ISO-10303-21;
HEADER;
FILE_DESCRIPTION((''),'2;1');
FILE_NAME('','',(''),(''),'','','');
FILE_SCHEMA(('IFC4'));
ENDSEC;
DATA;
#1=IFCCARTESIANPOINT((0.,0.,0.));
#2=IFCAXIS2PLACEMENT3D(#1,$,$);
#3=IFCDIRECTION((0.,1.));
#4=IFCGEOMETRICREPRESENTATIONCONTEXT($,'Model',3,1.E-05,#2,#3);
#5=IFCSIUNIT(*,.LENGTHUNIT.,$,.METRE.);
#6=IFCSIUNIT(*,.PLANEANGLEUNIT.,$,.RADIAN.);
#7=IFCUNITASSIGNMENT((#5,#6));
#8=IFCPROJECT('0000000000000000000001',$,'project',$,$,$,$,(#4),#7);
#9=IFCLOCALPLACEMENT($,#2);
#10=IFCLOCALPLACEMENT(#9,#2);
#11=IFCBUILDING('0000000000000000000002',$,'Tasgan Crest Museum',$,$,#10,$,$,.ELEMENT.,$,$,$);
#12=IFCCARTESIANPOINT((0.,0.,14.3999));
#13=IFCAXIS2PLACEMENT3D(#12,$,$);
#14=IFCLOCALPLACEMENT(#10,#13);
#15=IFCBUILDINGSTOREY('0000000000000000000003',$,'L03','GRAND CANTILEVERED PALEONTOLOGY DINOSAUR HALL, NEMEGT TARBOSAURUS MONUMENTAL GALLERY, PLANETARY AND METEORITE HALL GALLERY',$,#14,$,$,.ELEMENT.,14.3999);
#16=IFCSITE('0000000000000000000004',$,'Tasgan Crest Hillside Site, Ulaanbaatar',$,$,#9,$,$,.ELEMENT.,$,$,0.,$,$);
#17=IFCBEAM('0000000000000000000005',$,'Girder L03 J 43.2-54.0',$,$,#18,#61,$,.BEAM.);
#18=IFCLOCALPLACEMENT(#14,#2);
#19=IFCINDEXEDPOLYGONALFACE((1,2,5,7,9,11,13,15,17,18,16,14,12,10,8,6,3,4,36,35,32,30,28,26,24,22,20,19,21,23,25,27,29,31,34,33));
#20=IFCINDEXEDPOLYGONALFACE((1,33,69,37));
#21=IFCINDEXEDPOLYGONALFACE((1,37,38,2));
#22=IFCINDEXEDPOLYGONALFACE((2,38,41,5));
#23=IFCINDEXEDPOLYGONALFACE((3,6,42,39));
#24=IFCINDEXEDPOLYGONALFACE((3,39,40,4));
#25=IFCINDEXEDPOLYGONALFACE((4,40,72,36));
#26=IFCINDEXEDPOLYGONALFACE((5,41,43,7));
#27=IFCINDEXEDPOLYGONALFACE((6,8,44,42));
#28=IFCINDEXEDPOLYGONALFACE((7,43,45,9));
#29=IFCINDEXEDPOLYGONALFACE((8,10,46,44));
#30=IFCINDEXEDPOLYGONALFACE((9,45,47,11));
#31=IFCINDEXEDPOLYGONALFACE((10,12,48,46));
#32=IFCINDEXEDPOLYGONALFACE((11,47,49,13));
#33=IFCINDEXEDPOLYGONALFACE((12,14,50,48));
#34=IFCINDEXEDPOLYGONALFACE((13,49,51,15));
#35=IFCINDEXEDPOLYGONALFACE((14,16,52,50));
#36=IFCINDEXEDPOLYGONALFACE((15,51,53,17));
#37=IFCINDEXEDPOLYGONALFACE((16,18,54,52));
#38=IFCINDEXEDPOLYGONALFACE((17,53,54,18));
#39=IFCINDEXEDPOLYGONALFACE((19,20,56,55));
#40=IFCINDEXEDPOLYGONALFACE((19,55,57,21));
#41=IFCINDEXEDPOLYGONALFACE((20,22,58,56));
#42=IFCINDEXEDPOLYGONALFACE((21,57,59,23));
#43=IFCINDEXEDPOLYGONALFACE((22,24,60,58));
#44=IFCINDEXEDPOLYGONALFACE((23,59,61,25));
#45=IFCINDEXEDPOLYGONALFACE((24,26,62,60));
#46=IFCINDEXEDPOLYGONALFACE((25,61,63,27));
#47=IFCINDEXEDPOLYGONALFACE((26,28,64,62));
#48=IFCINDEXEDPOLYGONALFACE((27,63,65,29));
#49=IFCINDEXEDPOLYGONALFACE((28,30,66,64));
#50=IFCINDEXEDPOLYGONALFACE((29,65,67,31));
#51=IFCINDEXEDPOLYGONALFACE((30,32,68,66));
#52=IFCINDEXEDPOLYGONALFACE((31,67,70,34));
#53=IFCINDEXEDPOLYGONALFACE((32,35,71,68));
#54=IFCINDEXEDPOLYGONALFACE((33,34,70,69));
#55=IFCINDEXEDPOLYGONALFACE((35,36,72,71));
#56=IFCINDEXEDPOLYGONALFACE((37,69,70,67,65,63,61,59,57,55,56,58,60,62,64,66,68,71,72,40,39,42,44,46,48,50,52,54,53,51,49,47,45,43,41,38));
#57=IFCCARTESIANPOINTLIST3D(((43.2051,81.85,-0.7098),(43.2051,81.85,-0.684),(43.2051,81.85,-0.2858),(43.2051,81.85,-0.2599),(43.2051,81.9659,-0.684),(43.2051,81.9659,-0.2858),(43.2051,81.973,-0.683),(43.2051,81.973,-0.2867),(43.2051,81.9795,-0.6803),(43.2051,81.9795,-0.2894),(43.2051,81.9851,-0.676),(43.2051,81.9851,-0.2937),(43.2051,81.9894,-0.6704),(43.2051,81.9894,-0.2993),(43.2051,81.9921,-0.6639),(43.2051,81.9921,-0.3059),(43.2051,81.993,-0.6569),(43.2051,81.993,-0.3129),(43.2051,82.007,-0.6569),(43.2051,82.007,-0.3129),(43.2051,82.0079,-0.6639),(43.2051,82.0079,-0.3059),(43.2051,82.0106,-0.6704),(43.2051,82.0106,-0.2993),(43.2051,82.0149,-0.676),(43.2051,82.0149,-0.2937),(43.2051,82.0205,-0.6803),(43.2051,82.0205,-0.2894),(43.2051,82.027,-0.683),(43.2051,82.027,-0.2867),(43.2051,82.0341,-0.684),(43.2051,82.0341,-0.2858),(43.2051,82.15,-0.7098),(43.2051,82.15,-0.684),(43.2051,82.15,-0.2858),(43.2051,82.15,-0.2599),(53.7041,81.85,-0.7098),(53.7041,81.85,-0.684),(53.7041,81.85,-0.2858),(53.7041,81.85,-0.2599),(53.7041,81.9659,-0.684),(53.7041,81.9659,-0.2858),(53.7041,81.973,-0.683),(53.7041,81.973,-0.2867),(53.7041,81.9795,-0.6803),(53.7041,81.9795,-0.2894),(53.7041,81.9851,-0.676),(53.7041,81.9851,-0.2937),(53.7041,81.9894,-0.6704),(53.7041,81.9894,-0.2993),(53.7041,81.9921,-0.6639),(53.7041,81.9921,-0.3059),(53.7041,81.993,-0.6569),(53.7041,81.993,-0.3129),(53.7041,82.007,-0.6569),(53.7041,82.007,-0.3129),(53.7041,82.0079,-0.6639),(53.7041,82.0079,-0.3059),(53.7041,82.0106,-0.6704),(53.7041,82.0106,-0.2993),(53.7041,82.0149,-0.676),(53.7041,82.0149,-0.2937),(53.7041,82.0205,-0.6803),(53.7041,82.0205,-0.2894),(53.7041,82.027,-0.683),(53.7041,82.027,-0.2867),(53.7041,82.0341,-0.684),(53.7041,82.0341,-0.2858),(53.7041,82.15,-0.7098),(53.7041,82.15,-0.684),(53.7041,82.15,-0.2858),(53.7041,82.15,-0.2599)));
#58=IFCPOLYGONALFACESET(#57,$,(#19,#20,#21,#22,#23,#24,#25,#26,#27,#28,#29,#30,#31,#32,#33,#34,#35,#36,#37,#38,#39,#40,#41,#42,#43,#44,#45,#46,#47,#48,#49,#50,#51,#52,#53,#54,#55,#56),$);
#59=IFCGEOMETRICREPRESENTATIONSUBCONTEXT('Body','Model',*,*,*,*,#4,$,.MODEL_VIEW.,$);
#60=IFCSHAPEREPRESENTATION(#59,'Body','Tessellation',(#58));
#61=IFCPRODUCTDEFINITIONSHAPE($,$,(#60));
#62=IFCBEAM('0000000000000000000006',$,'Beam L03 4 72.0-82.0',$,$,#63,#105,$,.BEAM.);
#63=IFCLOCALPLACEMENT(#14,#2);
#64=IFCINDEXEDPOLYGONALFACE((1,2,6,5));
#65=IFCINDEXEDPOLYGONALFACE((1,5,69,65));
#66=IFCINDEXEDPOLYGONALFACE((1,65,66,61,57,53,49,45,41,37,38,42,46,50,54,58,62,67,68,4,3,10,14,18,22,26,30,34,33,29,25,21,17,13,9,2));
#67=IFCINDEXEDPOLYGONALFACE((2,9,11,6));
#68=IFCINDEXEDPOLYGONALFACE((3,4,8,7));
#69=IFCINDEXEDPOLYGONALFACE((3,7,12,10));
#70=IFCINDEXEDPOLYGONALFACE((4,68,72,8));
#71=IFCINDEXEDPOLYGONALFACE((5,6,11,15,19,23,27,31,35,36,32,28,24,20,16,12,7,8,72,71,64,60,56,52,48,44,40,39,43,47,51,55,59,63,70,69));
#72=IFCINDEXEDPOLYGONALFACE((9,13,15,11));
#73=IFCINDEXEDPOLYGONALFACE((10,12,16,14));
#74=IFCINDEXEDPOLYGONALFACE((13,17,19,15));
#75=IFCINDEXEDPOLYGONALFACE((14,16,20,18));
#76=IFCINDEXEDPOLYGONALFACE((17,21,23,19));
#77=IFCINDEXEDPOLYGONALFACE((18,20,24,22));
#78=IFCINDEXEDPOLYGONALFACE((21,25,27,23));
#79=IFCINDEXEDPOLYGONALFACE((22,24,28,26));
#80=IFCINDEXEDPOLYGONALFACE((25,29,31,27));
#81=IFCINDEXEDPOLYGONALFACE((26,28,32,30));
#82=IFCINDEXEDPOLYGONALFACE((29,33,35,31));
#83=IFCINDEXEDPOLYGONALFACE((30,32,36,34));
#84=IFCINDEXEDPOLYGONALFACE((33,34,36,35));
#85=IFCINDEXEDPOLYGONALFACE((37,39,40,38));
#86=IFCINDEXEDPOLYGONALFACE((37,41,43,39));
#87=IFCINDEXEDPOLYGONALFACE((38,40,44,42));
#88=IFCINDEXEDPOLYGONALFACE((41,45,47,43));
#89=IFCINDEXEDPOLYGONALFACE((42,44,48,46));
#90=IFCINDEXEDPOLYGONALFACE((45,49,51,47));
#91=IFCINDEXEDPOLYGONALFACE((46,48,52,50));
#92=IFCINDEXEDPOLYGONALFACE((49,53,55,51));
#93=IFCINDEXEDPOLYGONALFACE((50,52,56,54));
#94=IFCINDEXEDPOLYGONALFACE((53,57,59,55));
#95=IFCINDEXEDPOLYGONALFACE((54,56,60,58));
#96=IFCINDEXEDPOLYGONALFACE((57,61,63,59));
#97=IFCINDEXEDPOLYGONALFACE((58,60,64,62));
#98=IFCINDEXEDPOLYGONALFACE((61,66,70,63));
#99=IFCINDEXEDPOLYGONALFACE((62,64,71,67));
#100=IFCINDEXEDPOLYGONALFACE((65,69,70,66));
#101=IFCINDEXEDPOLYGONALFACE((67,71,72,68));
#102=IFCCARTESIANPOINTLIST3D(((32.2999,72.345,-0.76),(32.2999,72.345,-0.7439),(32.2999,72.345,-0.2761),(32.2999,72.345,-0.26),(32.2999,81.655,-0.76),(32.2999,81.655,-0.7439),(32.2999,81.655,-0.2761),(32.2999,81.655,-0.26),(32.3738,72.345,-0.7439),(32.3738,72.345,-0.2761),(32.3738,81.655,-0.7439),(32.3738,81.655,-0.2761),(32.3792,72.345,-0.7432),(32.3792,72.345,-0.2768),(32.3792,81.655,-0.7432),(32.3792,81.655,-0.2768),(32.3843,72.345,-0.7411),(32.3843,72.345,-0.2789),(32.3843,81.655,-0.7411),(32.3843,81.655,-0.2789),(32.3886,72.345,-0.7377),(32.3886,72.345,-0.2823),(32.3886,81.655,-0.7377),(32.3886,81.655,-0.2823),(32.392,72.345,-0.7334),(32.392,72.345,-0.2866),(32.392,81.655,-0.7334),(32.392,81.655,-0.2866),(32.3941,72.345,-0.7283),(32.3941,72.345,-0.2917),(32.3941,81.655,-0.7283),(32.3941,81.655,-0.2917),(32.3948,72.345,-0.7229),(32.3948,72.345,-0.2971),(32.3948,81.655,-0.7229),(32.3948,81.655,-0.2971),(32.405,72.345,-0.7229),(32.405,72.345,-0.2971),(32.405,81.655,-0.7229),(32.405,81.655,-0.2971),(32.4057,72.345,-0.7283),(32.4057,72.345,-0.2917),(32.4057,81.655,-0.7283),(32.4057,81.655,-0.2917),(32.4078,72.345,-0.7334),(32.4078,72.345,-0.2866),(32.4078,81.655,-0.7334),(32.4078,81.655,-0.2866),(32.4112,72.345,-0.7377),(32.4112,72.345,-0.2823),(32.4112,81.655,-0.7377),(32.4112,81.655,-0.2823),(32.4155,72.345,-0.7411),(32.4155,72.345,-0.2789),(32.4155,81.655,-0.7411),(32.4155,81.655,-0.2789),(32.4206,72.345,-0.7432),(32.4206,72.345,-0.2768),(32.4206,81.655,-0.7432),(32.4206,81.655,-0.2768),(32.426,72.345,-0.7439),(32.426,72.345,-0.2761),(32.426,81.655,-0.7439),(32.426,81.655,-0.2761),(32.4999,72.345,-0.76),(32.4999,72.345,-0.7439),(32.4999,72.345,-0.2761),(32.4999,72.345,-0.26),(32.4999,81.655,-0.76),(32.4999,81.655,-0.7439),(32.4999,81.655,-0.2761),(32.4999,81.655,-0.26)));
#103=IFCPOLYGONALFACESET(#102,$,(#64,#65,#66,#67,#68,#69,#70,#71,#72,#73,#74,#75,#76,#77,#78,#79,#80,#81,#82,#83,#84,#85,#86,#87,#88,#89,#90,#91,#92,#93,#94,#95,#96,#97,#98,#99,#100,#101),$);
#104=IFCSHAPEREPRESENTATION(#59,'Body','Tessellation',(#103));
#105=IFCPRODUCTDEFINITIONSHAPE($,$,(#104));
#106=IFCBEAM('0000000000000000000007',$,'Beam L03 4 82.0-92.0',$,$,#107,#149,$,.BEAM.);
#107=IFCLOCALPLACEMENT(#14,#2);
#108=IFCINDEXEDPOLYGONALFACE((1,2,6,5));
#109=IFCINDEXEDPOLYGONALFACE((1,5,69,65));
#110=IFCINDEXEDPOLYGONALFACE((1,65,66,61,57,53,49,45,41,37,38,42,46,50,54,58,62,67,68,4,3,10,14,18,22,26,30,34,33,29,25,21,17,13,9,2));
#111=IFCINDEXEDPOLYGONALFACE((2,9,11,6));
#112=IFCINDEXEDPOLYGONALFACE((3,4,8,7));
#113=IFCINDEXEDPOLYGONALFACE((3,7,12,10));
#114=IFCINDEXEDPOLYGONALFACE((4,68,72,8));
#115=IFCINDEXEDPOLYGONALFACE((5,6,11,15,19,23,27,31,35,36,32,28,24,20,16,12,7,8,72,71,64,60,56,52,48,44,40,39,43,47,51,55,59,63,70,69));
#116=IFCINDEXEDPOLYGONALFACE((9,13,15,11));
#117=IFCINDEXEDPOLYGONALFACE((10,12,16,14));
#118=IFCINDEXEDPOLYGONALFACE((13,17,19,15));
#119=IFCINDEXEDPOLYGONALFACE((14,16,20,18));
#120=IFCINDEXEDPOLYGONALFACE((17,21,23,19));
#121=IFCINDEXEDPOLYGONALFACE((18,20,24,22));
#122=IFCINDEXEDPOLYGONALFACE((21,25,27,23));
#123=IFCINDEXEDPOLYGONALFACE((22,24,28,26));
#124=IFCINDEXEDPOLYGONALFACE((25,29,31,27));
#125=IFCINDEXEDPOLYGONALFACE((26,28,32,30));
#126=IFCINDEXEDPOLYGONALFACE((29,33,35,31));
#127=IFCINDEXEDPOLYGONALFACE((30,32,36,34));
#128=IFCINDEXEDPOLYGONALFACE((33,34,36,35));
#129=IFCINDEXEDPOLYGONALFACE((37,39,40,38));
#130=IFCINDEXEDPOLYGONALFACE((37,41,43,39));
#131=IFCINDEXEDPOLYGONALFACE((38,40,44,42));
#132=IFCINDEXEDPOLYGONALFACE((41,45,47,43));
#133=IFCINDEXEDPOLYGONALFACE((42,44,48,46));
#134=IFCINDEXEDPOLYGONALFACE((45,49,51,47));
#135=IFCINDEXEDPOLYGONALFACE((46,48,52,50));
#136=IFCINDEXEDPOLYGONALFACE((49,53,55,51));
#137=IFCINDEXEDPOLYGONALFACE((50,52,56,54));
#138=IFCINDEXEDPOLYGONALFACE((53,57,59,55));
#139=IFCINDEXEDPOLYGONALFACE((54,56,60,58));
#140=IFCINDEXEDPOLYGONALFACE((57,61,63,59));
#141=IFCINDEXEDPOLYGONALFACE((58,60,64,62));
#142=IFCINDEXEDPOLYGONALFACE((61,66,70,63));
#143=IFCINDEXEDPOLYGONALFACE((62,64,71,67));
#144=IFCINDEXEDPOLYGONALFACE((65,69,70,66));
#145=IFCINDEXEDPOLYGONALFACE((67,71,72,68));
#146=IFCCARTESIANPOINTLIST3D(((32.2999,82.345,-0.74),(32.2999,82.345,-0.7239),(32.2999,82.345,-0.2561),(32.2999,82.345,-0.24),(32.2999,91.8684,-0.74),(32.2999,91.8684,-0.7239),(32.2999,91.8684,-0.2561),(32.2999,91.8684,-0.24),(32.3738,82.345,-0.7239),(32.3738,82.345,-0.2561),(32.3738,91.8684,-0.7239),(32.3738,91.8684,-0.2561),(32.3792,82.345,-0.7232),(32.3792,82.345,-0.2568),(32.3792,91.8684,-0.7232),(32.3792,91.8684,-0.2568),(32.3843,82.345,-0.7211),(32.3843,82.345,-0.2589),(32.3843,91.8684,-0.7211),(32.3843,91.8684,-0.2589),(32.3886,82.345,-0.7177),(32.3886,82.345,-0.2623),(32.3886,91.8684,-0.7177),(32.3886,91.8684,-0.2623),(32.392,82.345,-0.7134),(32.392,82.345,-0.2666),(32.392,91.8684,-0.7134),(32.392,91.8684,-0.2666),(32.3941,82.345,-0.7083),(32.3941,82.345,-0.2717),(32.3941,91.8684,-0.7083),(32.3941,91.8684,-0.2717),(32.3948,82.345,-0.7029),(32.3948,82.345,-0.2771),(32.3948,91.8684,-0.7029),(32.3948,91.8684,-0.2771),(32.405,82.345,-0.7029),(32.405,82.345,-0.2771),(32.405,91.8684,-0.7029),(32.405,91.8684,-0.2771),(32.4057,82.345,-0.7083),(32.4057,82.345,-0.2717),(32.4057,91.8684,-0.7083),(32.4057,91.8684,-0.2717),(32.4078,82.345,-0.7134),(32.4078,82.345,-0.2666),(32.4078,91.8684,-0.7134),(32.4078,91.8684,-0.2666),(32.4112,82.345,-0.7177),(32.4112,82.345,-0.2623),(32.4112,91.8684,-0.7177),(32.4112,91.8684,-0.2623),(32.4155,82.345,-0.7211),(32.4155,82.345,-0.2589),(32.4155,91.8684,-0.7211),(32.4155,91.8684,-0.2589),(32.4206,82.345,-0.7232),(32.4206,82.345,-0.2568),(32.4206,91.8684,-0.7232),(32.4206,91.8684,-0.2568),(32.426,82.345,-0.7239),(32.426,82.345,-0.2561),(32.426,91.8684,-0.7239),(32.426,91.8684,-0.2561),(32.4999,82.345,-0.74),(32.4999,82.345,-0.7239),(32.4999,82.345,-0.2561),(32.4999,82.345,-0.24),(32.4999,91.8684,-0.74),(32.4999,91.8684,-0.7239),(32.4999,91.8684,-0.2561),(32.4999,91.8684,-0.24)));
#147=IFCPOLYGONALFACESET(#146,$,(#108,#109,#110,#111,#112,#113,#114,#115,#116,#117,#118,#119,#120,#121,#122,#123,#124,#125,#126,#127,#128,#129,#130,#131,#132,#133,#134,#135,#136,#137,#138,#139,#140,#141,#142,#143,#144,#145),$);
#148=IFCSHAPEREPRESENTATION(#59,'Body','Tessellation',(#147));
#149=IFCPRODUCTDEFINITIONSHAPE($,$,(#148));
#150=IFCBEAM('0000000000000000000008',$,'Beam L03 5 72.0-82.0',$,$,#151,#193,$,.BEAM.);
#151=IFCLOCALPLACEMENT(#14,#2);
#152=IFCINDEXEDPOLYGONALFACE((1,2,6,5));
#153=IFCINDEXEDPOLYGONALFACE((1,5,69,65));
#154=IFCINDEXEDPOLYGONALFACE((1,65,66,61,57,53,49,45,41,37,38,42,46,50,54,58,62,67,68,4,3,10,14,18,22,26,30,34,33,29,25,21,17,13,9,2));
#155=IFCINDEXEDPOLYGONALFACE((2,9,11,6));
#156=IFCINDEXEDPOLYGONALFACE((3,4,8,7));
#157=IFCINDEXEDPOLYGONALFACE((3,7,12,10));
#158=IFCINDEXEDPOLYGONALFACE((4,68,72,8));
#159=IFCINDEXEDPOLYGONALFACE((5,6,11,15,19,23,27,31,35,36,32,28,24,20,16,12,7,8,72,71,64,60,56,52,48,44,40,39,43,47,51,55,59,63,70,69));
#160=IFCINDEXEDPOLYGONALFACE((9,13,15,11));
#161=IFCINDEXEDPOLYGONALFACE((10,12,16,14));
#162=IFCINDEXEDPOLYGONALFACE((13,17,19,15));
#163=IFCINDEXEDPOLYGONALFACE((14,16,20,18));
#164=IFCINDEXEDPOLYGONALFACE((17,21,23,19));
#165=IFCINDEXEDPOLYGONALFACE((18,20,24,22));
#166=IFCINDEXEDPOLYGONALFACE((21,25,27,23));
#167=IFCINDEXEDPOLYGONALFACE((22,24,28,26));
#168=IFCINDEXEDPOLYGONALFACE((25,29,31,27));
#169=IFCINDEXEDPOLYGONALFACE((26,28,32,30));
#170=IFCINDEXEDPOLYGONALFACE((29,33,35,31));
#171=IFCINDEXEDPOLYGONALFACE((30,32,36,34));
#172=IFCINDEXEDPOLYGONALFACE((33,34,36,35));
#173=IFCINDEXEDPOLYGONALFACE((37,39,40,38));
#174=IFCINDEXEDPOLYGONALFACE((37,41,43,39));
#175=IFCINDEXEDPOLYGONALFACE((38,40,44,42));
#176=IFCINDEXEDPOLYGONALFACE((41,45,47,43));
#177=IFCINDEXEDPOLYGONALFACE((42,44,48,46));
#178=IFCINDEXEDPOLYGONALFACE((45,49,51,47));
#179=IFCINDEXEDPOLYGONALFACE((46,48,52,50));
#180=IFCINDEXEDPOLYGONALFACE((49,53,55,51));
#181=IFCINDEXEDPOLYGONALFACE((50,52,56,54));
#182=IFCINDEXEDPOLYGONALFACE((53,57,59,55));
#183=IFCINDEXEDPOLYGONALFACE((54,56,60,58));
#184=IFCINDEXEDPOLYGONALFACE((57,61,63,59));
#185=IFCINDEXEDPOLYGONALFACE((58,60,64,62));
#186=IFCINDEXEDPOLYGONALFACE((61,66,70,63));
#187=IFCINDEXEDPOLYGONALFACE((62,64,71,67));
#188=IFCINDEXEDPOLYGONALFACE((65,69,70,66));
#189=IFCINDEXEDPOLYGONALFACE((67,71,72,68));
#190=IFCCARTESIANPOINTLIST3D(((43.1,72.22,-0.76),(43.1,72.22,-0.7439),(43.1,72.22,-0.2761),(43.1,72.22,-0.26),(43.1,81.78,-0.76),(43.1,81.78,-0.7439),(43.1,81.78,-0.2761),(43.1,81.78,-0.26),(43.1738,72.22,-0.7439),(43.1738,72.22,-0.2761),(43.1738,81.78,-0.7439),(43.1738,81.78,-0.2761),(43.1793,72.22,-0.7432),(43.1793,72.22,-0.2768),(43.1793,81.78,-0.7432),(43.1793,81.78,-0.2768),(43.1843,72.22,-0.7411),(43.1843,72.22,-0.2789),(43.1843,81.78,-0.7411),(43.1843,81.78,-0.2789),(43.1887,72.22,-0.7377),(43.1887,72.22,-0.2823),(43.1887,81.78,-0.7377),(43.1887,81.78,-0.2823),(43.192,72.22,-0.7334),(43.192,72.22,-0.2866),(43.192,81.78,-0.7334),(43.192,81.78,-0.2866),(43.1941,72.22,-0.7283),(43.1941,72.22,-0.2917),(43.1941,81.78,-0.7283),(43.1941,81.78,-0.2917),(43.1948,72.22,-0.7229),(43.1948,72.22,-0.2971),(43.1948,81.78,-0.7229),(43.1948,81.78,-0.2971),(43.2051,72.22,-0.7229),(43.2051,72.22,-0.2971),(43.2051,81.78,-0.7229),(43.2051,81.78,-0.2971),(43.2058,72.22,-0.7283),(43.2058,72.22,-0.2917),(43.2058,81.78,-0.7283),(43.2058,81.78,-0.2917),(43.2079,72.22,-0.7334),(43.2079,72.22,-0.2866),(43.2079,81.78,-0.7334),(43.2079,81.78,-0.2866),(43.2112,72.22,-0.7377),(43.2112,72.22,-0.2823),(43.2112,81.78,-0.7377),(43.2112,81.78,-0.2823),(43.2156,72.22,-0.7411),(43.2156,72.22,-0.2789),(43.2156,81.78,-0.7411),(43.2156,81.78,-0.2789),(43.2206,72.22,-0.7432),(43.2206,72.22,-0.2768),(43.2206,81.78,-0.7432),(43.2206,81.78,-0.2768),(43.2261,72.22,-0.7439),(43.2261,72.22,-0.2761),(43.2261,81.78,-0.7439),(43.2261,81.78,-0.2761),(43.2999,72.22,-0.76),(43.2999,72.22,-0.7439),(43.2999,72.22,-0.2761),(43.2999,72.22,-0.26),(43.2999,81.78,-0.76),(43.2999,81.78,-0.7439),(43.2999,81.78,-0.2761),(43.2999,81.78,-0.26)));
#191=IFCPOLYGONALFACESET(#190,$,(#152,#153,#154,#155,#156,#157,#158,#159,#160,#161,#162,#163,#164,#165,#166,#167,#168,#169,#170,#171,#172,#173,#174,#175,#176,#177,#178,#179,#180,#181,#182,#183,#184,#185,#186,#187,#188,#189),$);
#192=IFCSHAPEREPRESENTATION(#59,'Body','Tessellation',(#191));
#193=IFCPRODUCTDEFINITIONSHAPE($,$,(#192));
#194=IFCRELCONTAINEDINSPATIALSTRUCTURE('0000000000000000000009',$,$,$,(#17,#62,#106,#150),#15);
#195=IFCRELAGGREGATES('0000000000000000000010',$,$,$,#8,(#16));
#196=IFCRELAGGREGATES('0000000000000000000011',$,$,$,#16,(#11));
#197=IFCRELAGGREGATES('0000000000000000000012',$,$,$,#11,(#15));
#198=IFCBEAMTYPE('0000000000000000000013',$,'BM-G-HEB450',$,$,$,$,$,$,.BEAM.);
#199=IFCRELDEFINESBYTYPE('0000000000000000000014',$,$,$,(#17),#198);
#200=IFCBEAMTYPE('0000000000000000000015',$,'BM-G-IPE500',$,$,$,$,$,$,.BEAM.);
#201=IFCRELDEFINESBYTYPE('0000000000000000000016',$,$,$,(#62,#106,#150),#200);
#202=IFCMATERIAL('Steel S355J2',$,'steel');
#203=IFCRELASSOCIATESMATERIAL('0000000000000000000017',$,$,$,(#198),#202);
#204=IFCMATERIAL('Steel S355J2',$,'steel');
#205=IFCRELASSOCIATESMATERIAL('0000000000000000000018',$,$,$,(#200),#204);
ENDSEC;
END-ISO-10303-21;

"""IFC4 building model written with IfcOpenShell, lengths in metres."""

from ifc_helpers import new_model, si_unit, direction, frame, origin, origin_2d, place, context, subcontext, project, spatial, i_section, extrude, material, material_profile, profile_set, type_object, element, save


model = new_model("IFC4")

# Units and contexts
model_context = context("Model", 3, precision=1e-05, world=origin(), true_north=direction((0.0, 1.0)))
body_context = subcontext(model_context, "Body", "Model", "MODEL_VIEW")
ifc_project = project(units=[si_unit("LENGTHUNIT", "METRE"), si_unit("PLANEANGLEUNIT", "RADIAN")], contexts=[model_context])

# Site, building, storey
site_placement = place(None, origin())
site = spatial("IfcSite", under=ifc_project, at=site_placement, Name="Tasgan Crest Hillside Site, Ulaanbaatar", CompositionType="ELEMENT", RefElevation=0.0)
building_placement = place(site_placement, origin())
building = spatial("IfcBuilding", under=site, at=building_placement, Name="Tasgan Crest Museum", CompositionType="ELEMENT")
storey_placement = place(building_placement, frame((0.0, 0.0, 14.3999)))
storey = spatial("IfcBuildingStorey", under=building, at=storey_placement, Name="L03", Description="GRAND CANTILEVERED PALEONTOLOGY DINOSAUR HALL, NEMEGT TARBOSAURUS MONUMENTAL GALLERY, PLANETARY AND METEORITE HALL GALLERY", CompositionType="ELEMENT", Elevation=14.3999)

# Beams
ifc_material_1 = material(Name="Steel S355J2", Category="steel")
ifc_material_profile_1 = material_profile(ifc_material_1, i_section(OverallWidth=0.3, OverallDepth=0.45, WebThickness=0.0139, FlangeThickness=0.0259, FilletRadius=0.0271, at=origin_2d()), Name="HEB 450")
ifc_profile_set_1 = profile_set([ifc_material_profile_1], Name="Steel S355J2")
beam_type_1 = type_object("IfcBeamType", Name="BM-G-HEB450", PredefinedType="BEAM", material=ifc_profile_set_1)
beam_1_placement = place(storey_placement, frame((43.2051, 82.0, -0.4849), z_axis=(1.0, 0.0, 0.0), x_axis=(0.0, 1.0, 0.0)))
element("IfcBeam", 1, at=beam_1_placement, inside=storey, type_object=beam_type_1, Name="Girder L03 J 43.2-54.0", PredefinedType="BEAM", context=body_context, shape_type="SweptSolid", body=[
    extrude(i_section(OverallWidth=0.3, OverallDepth=0.45, WebThickness=0.0139, FlangeThickness=0.0259, FilletRadius=0.0271, at=origin_2d()), origin(), (0.0, 0.0, 1.0), 10.499),
])
ifc_material_2 = material(Name="Steel S355J2", Category="steel")
ifc_material_profile_2 = material_profile(ifc_material_2, i_section(OverallWidth=0.2, OverallDepth=0.5, WebThickness=0.0103, FlangeThickness=0.0161, FilletRadius=0.021, at=origin_2d()), Name="IPE 500")
ifc_profile_set_2 = profile_set([ifc_material_profile_2], Name="Steel S355J2")
beam_type_2 = type_object("IfcBeamType", Name="BM-G-IPE500", PredefinedType="BEAM", material=ifc_profile_set_2)
beam_2_placement = place(storey_placement, frame((32.3999, 72.345, -0.51), z_axis=(0.0, 1.0, 0.0), x_axis=(-1.0, 0.0, 0.0)))
element("IfcBeam", 2, at=beam_2_placement, inside=storey, type_object=beam_type_2, Name="Beam L03 4 72.0-82.0", PredefinedType="BEAM", context=body_context, shape_type="SweptSolid", body=[
    extrude(i_section(OverallWidth=0.2, OverallDepth=0.5, WebThickness=0.0103, FlangeThickness=0.0161, FilletRadius=0.021, at=origin_2d()), origin(), (0.0, 0.0, 1.0), 9.3101),
])
beam_3_placement = place(storey_placement, frame((32.3999, 82.345, -0.49), z_axis=(0.0, 1.0, 0.0), x_axis=(-1.0, 0.0, 0.0)))
element("IfcBeam", 3, at=beam_3_placement, inside=storey, type_object=beam_type_2, Name="Beam L03 4 82.0-92.0", PredefinedType="BEAM", context=body_context, shape_type="SweptSolid", body=[
    extrude(i_section(OverallWidth=0.2, OverallDepth=0.5, WebThickness=0.0103, FlangeThickness=0.0161, FilletRadius=0.021, at=origin_2d()), origin(), (0.0, 0.0, 1.0), 9.5234),
])
beam_4_placement = place(storey_placement, frame((43.2, 72.22, -0.51), z_axis=(0.0, 1.0, 0.0), x_axis=(-1.0, 0.0, 0.0)))
element("IfcBeam", 4, at=beam_4_placement, inside=storey, type_object=beam_type_2, Name="Beam L03 5 72.0-82.0", PredefinedType="BEAM", context=body_context, shape_type="SweptSolid", body=[
    extrude(i_section(OverallWidth=0.2, OverallDepth=0.5, WebThickness=0.0103, FlangeThickness=0.0161, FilletRadius=0.021, at=origin_2d()), origin(), (0.0, 0.0, 1.0), 9.5601),
])

save(model, "model.ifc")
